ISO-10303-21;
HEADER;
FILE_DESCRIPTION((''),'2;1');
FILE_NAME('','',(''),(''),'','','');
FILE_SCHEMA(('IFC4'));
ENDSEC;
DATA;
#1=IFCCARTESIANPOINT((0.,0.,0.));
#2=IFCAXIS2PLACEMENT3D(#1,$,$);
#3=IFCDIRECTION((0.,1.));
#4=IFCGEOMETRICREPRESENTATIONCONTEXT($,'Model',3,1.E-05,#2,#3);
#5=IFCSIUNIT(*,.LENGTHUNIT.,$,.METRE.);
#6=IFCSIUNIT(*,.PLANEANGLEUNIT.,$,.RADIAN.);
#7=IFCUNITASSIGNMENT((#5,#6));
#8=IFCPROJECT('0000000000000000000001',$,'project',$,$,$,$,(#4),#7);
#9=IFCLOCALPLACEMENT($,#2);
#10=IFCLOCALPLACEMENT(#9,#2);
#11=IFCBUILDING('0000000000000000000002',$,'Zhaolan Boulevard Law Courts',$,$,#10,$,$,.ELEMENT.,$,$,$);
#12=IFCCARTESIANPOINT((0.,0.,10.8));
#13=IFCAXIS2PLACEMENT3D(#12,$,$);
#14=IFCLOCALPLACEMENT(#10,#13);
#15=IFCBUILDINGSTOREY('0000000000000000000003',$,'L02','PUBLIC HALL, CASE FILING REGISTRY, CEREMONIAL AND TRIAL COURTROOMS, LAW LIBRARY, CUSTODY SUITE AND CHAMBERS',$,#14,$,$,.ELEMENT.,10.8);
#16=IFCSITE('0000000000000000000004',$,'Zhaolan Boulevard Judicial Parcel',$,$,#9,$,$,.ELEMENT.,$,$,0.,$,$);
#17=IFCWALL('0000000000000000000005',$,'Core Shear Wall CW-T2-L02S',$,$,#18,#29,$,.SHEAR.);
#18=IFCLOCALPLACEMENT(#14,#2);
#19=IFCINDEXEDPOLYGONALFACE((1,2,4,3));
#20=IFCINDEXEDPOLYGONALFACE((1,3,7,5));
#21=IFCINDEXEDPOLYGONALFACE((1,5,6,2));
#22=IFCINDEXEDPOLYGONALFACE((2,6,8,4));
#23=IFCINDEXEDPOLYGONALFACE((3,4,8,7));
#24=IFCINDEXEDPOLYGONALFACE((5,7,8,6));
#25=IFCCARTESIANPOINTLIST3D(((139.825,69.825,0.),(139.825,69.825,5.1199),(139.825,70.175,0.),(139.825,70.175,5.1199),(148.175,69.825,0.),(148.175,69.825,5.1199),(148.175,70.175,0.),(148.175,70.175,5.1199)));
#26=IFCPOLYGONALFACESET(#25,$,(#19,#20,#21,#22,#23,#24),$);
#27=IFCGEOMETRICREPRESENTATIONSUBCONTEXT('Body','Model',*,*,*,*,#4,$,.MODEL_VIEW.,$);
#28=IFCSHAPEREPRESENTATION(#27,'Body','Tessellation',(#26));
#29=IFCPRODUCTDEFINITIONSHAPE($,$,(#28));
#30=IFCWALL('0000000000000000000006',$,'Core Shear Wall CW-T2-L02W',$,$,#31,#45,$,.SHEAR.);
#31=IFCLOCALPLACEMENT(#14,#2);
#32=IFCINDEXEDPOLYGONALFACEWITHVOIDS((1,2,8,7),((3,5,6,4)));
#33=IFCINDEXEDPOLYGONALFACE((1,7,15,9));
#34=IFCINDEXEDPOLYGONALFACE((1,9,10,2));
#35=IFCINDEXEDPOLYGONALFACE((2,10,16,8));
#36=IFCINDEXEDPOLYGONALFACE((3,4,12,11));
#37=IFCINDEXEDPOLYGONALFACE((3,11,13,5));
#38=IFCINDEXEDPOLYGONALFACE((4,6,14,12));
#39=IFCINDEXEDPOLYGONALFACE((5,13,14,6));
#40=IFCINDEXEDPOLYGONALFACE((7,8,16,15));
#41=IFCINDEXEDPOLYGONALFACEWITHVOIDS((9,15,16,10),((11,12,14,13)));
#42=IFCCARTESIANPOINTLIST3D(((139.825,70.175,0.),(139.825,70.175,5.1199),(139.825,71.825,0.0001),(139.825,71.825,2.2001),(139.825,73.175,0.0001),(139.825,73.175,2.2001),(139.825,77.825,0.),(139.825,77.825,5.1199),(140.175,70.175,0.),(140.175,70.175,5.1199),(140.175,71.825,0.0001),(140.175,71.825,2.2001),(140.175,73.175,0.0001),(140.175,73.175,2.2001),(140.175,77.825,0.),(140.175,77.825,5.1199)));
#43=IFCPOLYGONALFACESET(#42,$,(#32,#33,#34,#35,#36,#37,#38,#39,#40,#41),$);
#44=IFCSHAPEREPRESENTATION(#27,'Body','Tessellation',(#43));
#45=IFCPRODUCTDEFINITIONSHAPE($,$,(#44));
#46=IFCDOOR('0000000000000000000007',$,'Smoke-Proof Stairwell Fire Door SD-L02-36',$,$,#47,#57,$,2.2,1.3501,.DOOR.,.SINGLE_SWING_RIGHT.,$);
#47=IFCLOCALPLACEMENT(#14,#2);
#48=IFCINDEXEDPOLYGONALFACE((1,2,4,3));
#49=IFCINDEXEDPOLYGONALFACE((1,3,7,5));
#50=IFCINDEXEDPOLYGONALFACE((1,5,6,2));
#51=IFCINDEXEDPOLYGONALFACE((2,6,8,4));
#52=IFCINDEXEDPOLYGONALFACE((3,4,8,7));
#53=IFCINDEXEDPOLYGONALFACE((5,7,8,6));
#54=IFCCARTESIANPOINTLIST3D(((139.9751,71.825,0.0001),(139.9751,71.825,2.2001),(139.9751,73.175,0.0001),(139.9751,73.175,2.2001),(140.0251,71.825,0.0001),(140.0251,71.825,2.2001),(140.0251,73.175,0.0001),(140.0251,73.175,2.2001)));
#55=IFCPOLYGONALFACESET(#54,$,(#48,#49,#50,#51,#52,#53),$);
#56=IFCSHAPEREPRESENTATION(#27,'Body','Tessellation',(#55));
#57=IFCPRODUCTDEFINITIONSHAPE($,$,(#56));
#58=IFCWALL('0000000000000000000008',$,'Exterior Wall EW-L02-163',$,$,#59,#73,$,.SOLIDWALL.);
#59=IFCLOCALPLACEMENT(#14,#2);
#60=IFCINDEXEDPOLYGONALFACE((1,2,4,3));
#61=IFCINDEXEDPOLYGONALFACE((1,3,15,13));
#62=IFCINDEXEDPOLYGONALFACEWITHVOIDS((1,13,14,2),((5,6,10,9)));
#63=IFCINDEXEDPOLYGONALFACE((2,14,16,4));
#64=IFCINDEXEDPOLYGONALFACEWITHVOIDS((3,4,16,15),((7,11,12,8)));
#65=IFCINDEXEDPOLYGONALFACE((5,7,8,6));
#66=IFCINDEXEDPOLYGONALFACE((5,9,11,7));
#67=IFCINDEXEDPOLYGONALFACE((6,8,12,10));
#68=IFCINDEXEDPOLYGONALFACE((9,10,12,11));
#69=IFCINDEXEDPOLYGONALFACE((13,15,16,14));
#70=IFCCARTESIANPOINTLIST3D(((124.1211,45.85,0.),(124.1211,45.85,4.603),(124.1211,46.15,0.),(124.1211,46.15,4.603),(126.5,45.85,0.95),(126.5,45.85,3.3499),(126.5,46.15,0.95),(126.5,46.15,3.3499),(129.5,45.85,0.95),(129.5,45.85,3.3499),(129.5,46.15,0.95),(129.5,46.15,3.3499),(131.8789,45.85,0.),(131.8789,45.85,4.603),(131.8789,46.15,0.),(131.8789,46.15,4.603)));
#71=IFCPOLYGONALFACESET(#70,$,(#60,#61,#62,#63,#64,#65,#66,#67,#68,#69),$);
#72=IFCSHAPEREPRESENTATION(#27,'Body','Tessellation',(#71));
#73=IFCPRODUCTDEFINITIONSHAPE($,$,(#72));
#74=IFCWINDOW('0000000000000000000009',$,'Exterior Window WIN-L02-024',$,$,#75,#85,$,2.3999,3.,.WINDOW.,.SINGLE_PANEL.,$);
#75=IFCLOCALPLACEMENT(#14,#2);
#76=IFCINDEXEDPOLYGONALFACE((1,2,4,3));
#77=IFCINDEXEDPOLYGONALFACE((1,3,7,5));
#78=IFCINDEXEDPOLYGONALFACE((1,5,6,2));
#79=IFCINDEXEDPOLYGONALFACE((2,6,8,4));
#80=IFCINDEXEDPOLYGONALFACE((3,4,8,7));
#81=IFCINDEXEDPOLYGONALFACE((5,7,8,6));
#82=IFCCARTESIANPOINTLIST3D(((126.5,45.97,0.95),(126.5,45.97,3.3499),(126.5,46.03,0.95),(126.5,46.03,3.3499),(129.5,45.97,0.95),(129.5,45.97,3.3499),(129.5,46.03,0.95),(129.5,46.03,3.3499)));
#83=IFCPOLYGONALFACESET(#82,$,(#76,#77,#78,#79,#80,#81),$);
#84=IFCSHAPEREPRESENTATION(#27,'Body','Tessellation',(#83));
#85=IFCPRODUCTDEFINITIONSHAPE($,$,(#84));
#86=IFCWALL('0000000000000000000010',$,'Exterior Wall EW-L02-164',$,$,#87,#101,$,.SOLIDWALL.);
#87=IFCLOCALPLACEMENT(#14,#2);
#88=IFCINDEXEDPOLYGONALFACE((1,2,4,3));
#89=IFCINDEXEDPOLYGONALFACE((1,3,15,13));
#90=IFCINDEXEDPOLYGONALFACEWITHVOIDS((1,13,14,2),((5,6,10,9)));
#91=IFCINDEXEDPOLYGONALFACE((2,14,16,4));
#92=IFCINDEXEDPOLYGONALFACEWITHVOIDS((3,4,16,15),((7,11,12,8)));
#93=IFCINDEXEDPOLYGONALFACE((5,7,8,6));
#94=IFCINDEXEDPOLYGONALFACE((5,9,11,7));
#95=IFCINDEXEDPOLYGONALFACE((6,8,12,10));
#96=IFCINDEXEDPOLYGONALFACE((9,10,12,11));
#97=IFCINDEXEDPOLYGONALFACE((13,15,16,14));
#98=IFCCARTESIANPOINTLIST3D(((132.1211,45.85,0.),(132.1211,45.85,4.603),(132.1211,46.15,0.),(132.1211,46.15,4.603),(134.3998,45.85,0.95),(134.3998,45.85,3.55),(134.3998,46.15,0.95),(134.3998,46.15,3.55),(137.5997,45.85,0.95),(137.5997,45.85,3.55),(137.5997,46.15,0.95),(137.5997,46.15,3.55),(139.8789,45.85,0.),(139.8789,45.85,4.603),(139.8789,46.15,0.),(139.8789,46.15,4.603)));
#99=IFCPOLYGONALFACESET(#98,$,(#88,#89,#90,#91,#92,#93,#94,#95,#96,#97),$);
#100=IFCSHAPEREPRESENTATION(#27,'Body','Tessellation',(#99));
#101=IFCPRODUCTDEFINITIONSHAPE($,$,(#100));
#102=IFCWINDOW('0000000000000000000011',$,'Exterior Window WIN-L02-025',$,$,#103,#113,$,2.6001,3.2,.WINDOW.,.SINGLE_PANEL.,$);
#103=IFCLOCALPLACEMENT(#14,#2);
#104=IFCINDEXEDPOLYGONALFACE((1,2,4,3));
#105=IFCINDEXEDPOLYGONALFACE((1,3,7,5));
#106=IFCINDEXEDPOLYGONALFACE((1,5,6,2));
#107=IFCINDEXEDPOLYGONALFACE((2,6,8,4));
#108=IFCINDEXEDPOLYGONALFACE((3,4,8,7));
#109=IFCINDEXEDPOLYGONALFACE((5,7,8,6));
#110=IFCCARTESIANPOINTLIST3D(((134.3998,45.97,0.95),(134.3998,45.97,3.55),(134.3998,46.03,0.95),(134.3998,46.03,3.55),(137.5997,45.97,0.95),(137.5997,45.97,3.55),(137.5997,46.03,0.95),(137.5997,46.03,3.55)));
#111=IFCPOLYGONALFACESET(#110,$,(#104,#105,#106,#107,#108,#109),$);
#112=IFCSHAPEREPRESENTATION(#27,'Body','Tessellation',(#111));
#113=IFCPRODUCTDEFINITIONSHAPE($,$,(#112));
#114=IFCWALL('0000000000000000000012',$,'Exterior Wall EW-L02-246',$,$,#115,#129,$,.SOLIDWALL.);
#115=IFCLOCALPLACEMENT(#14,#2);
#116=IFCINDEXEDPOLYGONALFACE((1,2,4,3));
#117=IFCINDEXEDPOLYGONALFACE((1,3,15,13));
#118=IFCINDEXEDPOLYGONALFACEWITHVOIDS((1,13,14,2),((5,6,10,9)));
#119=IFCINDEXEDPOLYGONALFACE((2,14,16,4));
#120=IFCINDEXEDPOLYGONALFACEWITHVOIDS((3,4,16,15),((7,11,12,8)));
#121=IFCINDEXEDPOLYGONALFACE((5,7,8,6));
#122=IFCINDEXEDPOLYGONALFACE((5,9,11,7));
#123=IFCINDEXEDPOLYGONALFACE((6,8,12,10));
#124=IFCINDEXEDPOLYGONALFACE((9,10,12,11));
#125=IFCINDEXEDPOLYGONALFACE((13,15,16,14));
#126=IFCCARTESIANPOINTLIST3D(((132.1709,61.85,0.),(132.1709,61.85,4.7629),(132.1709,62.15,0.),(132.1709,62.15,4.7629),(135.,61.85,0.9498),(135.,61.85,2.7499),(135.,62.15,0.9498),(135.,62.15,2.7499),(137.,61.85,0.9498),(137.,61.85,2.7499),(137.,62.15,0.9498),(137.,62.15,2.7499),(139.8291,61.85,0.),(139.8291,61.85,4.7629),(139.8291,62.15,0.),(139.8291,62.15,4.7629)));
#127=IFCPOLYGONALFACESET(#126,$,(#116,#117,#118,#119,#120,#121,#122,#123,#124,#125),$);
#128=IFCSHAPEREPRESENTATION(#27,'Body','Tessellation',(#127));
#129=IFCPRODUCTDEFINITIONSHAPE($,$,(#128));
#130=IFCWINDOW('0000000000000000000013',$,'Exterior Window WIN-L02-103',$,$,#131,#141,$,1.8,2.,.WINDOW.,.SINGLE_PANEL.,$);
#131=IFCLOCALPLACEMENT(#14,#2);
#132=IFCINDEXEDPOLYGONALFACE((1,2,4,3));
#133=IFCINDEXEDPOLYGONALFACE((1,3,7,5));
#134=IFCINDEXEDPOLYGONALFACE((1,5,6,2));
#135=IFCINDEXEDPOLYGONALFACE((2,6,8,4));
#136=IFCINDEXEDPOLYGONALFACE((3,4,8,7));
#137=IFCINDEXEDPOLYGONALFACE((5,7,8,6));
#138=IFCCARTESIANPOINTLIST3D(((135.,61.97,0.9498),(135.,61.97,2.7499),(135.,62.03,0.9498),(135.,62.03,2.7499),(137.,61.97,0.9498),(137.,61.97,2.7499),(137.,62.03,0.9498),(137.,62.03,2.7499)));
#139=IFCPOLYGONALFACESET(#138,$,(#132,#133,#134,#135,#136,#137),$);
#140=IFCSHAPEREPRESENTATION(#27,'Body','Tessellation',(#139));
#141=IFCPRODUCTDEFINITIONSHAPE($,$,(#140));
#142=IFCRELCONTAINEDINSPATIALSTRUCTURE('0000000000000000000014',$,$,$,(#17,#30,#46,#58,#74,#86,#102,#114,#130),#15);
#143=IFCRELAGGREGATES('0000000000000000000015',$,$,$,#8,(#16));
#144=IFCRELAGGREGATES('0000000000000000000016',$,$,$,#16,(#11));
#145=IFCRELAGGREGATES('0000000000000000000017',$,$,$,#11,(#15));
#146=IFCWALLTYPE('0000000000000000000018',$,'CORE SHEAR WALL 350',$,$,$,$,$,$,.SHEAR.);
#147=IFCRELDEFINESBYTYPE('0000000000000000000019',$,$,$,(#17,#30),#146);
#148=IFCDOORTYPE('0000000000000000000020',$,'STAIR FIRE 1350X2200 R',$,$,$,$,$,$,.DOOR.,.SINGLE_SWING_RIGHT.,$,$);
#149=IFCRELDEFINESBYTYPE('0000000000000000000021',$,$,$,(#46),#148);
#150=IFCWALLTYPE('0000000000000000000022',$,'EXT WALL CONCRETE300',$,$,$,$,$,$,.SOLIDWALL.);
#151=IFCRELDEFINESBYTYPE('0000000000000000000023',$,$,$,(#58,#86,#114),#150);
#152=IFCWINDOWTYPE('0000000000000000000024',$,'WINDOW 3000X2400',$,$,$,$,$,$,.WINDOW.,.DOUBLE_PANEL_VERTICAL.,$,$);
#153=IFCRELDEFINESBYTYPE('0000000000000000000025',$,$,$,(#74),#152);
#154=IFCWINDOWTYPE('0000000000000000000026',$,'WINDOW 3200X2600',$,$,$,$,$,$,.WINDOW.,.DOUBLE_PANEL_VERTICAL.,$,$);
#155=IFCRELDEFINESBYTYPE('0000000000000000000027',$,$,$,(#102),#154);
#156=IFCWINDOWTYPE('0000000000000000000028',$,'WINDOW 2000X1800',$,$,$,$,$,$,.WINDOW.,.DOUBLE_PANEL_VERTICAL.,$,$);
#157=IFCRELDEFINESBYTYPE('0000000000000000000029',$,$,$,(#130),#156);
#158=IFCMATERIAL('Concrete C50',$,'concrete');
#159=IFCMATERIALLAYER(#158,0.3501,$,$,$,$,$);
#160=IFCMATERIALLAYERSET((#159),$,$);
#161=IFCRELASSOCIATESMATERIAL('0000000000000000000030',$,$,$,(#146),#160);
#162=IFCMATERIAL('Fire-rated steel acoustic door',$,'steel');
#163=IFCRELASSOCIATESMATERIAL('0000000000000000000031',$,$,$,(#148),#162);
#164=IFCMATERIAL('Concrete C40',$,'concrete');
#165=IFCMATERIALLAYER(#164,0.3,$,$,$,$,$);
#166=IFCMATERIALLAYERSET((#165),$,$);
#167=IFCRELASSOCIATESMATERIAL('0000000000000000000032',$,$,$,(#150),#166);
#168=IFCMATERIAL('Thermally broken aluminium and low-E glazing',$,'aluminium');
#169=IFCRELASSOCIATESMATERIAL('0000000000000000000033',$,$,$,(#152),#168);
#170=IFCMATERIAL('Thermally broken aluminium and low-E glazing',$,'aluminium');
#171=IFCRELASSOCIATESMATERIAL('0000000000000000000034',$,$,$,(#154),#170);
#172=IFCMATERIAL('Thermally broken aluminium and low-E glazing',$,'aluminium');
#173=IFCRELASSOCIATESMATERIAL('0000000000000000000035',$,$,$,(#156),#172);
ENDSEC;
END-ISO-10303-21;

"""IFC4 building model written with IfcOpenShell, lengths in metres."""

from ifc_helpers import new_model, si_unit, direction, frame, frame_2d, origin, place, context, subcontext, project, spatial, rectangle, extrude, material, layer, layer_set, type_object, element, fill, save


model = new_model("IFC4")

# Units and contexts
model_context = context("Model", 3, precision=1e-05, world=origin(), true_north=direction((0.0, 1.0)))
body_context = subcontext(model_context, "Body", "Model", "MODEL_VIEW")
ifc_project = project(units=[si_unit("LENGTHUNIT", "METRE"), si_unit("PLANEANGLEUNIT", "RADIAN")], contexts=[model_context])

# Site, building, storey
site_placement = place(None, origin())
site = spatial("IfcSite", under=ifc_project, at=site_placement, Name="Zhaolan Boulevard Judicial Parcel", CompositionType="ELEMENT", RefElevation=0.0)
building_placement = place(site_placement, origin())
building = spatial("IfcBuilding", under=site, at=building_placement, Name="Zhaolan Boulevard Law Courts", CompositionType="ELEMENT")
storey_placement = place(building_placement, frame((0.0, 0.0, 10.8)))
storey = spatial("IfcBuildingStorey", under=building, at=storey_placement, Name="L02", Description="PUBLIC HALL, CASE FILING REGISTRY, CEREMONIAL AND TRIAL COURTROOMS, LAW LIBRARY, CUSTODY SUITE AND CHAMBERS", CompositionType="ELEMENT", Elevation=10.8)

# Wall
ifc_material_1 = material(Name="Concrete C50", Category="concrete")
ifc_layer_1 = layer(ifc_material_1, 0.3501)
ifc_layer_set_1 = layer_set([ifc_layer_1])
wall_type_1 = type_object("IfcWallType", Name="CORE SHEAR WALL 350", PredefinedType="SHEAR", material=ifc_layer_set_1)
wall_1_placement = place(storey_placement, frame((139.825, 70.0, 0.0), z_axis=(0.0, 0.0, 1.0), x_axis=(1.0, 0.0, 0.0)))
element("IfcWall", 1, at=wall_1_placement, inside=storey, type_object=wall_type_1, Name="Core Shear Wall CW-T2-L02S", PredefinedType="SHEAR", context=body_context, shape_type="SweptSolid", body=[
    extrude(rectangle(XDim=8.3501, YDim=0.3501, at=frame_2d((4.175, 0.0))), origin(), (0.0, 0.0, 1.0), 5.1199),
])

# Wall, opening, door
wall_2_placement = place(storey_placement, frame((140.0, 70.175, 0.0), z_axis=(0.0, 0.0, 1.0), x_axis=(0.0, 1.0, 0.0)))
wall_2 = element("IfcWall", 2, at=wall_2_placement, inside=storey, type_object=wall_type_1, Name="Core Shear Wall CW-T2-L02W", PredefinedType="SHEAR", context=body_context, shape_type="SweptSolid", body=[
    extrude(rectangle(XDim=7.6499, YDim=0.3501, at=frame_2d((3.825, 0.0))), origin(), (0.0, 0.0, 1.0), 5.1199),
])
opening_1_placement = place(wall_2_placement, frame((1.6499, 0.0, 0.0)))
opening_1 = element("IfcOpeningElement", 3, at=opening_1_placement, cuts=wall_2, PredefinedType="OPENING", context=body_context, shape_type="SweptSolid", body=[
    extrude(rectangle(XDim=1.3501, YDim=2.2, at=frame_2d((0.675, 1.1001))), frame((0.0, 0.1851, 0.0), z_axis=(0.0, -1.0, 0.0), x_axis=(1.0, 0.0, 0.0)), (0.0, 0.0, 1.0), 0.3701),
])
ifc_material_2 = material(Name="Fire-rated steel acoustic door", Category="steel")
door_type = type_object("IfcDoorType", Name="STAIR FIRE 1350X2200 R", OperationType="SINGLE_SWING_RIGHT", PredefinedType="DOOR", material=ifc_material_2)
door_placement = place(opening_1_placement, origin())
door = element("IfcDoor", 4, at=door_placement, inside=storey, type_object=door_type, Name="Smoke-Proof Stairwell Fire Door SD-L02-36", OperationType="SINGLE_SWING_RIGHT", OverallHeight=2.2, OverallWidth=1.3501, PredefinedType="DOOR", context=body_context, shape_type="SweptSolid", body=[
    extrude(rectangle(XDim=1.3501, YDim=2.2, at=frame_2d((0.675, 1.1001))), frame((0.0, 0.0249, 0.0), z_axis=(0.0, -1.0, 0.0), x_axis=(1.0, 0.0, 0.0)), (0.0, 0.0, 1.0), 0.05),
])
fill(opening_1, door)

# Walls, openings, windows
ifc_material_3 = material(Name="Concrete C40", Category="concrete")
ifc_layer_2 = layer(ifc_material_3, 0.3)
ifc_layer_set_2 = layer_set([ifc_layer_2])
wall_type_2 = type_object("IfcWallType", Name="EXT WALL CONCRETE300", PredefinedType="SOLIDWALL", material=ifc_layer_set_2)
wall_3_placement = place(storey_placement, frame((131.8789, 46.0, 0.0), z_axis=(0.0, 0.0, 1.0), x_axis=(-1.0, 0.0, 0.0)))
wall_3 = element("IfcWall", 5, at=wall_3_placement, inside=storey, type_object=wall_type_2, Name="Exterior Wall EW-L02-163", PredefinedType="SOLIDWALL", context=body_context, shape_type="SweptSolid", body=[
    extrude(rectangle(XDim=7.7578, YDim=0.3, at=frame_2d((3.8789, 0.0))), origin(), (0.0, 0.0, 1.0), 4.603),
])
opening_2_placement = place(wall_3_placement, frame((2.3789, 0.0, 0.95)))
opening_2 = element("IfcOpeningElement", 6, at=opening_2_placement, cuts=wall_3, PredefinedType="OPENING", context=body_context, shape_type="SweptSolid", body=[
    extrude(rectangle(XDim=3.0, YDim=2.3999, at=frame_2d((1.5, 1.2))), frame((0.0, 0.1599, 0.0), z_axis=(0.0, -1.0, 0.0), x_axis=(1.0, 0.0, 0.0)), (0.0, 0.0, 1.0), 0.3201),
])
ifc_material_4 = material(Name="Thermally broken aluminium and low-E glazing", Category="aluminium")
window_type_1 = type_object("IfcWindowType", Name="WINDOW 3000X2400", PartitioningType="DOUBLE_PANEL_VERTICAL", PredefinedType="WINDOW", material=ifc_material_4)
window_1_placement = place(opening_2_placement, origin())
window_1 = element("IfcWindow", 7, at=window_1_placement, inside=storey, type_object=window_type_1, Name="Exterior Window WIN-L02-024", OverallHeight=2.3999, OverallWidth=3.0, PartitioningType="SINGLE_PANEL", PredefinedType="WINDOW", context=body_context, shape_type="SweptSolid", body=[
    extrude(rectangle(XDim=3.0, YDim=2.3999, at=frame_2d((1.5, 1.2))), frame((0.0, 0.03, 0.0), z_axis=(0.0, -1.0, 0.0), x_axis=(1.0, 0.0, 0.0)), (0.0, 0.0, 1.0), 0.0601),
])
fill(opening_2, window_1)
wall_4_placement = place(storey_placement, frame((139.8789, 46.0, 0.0), z_axis=(0.0, 0.0, 1.0), x_axis=(-1.0, 0.0, 0.0)))
wall_4 = element("IfcWall", 8, at=wall_4_placement, inside=storey, type_object=wall_type_2, Name="Exterior Wall EW-L02-164", PredefinedType="SOLIDWALL", context=body_context, shape_type="SweptSolid", body=[
    extrude(rectangle(XDim=7.7578, YDim=0.3, at=frame_2d((3.8789, 0.0))), origin(), (0.0, 0.0, 1.0), 4.603),
])
opening_3_placement = place(wall_4_placement, frame((2.2791, 0.0, 0.95)))
opening_3 = element("IfcOpeningElement", 9, at=opening_3_placement, cuts=wall_4, PredefinedType="OPENING", context=body_context, shape_type="SweptSolid", body=[
    extrude(rectangle(XDim=3.2, YDim=2.6001, at=frame_2d((1.6001, 1.3))), frame((0.0, 0.1599, 0.0), z_axis=(0.0, -1.0, 0.0), x_axis=(1.0, 0.0, 0.0)), (0.0, 0.0, 1.0), 0.3201),
])
ifc_material_5 = material(Name="Thermally broken aluminium and low-E glazing", Category="aluminium")
window_type_2 = type_object("IfcWindowType", Name="WINDOW 3200X2600", PartitioningType="DOUBLE_PANEL_VERTICAL", PredefinedType="WINDOW", material=ifc_material_5)
window_2_placement = place(opening_3_placement, origin())
window_2 = element("IfcWindow", 10, at=window_2_placement, inside=storey, type_object=window_type_2, Name="Exterior Window WIN-L02-025", OverallHeight=2.6001, OverallWidth=3.2, PartitioningType="SINGLE_PANEL", PredefinedType="WINDOW", context=body_context, shape_type="SweptSolid", body=[
    extrude(rectangle(XDim=3.2, YDim=2.6001, at=frame_2d((1.6001, 1.3))), frame((0.0, 0.03, 0.0), z_axis=(0.0, -1.0, 0.0), x_axis=(1.0, 0.0, 0.0)), (0.0, 0.0, 1.0), 0.0601),
])
fill(opening_3, window_2)
wall_5_placement = place(storey_placement, frame((132.1709, 62.0, 0.0), z_axis=(0.0, 0.0, 1.0), x_axis=(1.0, 0.0, 0.0)))
wall_5 = element("IfcWall", 11, at=wall_5_placement, inside=storey, type_object=wall_type_2, Name="Exterior Wall EW-L02-246", PredefinedType="SOLIDWALL", context=body_context, shape_type="SweptSolid", body=[
    extrude(rectangle(XDim=7.6582, YDim=0.3, at=frame_2d((3.8291, 0.0))), origin(), (0.0, 0.0, 1.0), 4.7629),
])
opening_4_placement = place(wall_5_placement, frame((2.8291, 0.0, 0.95)))
opening_4 = element("IfcOpeningElement", 12, at=opening_4_placement, cuts=wall_5, PredefinedType="OPENING", context=body_context, shape_type="SweptSolid", body=[
    extrude(rectangle(XDim=2.0, YDim=1.8, at=frame_2d((1.0, 0.8999))), frame((0.0, 0.1599, 0.0), z_axis=(0.0, -1.0, 0.0), x_axis=(1.0, 0.0, 0.0)), (0.0, 0.0, 1.0), 0.3201),
])
ifc_material_6 = material(Name="Thermally broken aluminium and low-E glazing", Category="aluminium")
window_type_3 = type_object("IfcWindowType", Name="WINDOW 2000X1800", PartitioningType="DOUBLE_PANEL_VERTICAL", PredefinedType="WINDOW", material=ifc_material_6)
window_3_placement = place(opening_4_placement, origin())
window_3 = element("IfcWindow", 13, at=window_3_placement, inside=storey, type_object=window_type_3, Name="Exterior Window WIN-L02-103", OverallHeight=1.8, OverallWidth=2.0, PartitioningType="SINGLE_PANEL", PredefinedType="WINDOW", context=body_context, shape_type="SweptSolid", body=[
    extrude(rectangle(XDim=2.0, YDim=1.8, at=frame_2d((1.0, 0.8999))), frame((0.0, 0.03, 0.0), z_axis=(0.0, -1.0, 0.0), x_axis=(1.0, 0.0, 0.0)), (0.0, 0.0, 1.0), 0.0601),
])
fill(opening_4, window_3)

save(model, "model.ifc")
